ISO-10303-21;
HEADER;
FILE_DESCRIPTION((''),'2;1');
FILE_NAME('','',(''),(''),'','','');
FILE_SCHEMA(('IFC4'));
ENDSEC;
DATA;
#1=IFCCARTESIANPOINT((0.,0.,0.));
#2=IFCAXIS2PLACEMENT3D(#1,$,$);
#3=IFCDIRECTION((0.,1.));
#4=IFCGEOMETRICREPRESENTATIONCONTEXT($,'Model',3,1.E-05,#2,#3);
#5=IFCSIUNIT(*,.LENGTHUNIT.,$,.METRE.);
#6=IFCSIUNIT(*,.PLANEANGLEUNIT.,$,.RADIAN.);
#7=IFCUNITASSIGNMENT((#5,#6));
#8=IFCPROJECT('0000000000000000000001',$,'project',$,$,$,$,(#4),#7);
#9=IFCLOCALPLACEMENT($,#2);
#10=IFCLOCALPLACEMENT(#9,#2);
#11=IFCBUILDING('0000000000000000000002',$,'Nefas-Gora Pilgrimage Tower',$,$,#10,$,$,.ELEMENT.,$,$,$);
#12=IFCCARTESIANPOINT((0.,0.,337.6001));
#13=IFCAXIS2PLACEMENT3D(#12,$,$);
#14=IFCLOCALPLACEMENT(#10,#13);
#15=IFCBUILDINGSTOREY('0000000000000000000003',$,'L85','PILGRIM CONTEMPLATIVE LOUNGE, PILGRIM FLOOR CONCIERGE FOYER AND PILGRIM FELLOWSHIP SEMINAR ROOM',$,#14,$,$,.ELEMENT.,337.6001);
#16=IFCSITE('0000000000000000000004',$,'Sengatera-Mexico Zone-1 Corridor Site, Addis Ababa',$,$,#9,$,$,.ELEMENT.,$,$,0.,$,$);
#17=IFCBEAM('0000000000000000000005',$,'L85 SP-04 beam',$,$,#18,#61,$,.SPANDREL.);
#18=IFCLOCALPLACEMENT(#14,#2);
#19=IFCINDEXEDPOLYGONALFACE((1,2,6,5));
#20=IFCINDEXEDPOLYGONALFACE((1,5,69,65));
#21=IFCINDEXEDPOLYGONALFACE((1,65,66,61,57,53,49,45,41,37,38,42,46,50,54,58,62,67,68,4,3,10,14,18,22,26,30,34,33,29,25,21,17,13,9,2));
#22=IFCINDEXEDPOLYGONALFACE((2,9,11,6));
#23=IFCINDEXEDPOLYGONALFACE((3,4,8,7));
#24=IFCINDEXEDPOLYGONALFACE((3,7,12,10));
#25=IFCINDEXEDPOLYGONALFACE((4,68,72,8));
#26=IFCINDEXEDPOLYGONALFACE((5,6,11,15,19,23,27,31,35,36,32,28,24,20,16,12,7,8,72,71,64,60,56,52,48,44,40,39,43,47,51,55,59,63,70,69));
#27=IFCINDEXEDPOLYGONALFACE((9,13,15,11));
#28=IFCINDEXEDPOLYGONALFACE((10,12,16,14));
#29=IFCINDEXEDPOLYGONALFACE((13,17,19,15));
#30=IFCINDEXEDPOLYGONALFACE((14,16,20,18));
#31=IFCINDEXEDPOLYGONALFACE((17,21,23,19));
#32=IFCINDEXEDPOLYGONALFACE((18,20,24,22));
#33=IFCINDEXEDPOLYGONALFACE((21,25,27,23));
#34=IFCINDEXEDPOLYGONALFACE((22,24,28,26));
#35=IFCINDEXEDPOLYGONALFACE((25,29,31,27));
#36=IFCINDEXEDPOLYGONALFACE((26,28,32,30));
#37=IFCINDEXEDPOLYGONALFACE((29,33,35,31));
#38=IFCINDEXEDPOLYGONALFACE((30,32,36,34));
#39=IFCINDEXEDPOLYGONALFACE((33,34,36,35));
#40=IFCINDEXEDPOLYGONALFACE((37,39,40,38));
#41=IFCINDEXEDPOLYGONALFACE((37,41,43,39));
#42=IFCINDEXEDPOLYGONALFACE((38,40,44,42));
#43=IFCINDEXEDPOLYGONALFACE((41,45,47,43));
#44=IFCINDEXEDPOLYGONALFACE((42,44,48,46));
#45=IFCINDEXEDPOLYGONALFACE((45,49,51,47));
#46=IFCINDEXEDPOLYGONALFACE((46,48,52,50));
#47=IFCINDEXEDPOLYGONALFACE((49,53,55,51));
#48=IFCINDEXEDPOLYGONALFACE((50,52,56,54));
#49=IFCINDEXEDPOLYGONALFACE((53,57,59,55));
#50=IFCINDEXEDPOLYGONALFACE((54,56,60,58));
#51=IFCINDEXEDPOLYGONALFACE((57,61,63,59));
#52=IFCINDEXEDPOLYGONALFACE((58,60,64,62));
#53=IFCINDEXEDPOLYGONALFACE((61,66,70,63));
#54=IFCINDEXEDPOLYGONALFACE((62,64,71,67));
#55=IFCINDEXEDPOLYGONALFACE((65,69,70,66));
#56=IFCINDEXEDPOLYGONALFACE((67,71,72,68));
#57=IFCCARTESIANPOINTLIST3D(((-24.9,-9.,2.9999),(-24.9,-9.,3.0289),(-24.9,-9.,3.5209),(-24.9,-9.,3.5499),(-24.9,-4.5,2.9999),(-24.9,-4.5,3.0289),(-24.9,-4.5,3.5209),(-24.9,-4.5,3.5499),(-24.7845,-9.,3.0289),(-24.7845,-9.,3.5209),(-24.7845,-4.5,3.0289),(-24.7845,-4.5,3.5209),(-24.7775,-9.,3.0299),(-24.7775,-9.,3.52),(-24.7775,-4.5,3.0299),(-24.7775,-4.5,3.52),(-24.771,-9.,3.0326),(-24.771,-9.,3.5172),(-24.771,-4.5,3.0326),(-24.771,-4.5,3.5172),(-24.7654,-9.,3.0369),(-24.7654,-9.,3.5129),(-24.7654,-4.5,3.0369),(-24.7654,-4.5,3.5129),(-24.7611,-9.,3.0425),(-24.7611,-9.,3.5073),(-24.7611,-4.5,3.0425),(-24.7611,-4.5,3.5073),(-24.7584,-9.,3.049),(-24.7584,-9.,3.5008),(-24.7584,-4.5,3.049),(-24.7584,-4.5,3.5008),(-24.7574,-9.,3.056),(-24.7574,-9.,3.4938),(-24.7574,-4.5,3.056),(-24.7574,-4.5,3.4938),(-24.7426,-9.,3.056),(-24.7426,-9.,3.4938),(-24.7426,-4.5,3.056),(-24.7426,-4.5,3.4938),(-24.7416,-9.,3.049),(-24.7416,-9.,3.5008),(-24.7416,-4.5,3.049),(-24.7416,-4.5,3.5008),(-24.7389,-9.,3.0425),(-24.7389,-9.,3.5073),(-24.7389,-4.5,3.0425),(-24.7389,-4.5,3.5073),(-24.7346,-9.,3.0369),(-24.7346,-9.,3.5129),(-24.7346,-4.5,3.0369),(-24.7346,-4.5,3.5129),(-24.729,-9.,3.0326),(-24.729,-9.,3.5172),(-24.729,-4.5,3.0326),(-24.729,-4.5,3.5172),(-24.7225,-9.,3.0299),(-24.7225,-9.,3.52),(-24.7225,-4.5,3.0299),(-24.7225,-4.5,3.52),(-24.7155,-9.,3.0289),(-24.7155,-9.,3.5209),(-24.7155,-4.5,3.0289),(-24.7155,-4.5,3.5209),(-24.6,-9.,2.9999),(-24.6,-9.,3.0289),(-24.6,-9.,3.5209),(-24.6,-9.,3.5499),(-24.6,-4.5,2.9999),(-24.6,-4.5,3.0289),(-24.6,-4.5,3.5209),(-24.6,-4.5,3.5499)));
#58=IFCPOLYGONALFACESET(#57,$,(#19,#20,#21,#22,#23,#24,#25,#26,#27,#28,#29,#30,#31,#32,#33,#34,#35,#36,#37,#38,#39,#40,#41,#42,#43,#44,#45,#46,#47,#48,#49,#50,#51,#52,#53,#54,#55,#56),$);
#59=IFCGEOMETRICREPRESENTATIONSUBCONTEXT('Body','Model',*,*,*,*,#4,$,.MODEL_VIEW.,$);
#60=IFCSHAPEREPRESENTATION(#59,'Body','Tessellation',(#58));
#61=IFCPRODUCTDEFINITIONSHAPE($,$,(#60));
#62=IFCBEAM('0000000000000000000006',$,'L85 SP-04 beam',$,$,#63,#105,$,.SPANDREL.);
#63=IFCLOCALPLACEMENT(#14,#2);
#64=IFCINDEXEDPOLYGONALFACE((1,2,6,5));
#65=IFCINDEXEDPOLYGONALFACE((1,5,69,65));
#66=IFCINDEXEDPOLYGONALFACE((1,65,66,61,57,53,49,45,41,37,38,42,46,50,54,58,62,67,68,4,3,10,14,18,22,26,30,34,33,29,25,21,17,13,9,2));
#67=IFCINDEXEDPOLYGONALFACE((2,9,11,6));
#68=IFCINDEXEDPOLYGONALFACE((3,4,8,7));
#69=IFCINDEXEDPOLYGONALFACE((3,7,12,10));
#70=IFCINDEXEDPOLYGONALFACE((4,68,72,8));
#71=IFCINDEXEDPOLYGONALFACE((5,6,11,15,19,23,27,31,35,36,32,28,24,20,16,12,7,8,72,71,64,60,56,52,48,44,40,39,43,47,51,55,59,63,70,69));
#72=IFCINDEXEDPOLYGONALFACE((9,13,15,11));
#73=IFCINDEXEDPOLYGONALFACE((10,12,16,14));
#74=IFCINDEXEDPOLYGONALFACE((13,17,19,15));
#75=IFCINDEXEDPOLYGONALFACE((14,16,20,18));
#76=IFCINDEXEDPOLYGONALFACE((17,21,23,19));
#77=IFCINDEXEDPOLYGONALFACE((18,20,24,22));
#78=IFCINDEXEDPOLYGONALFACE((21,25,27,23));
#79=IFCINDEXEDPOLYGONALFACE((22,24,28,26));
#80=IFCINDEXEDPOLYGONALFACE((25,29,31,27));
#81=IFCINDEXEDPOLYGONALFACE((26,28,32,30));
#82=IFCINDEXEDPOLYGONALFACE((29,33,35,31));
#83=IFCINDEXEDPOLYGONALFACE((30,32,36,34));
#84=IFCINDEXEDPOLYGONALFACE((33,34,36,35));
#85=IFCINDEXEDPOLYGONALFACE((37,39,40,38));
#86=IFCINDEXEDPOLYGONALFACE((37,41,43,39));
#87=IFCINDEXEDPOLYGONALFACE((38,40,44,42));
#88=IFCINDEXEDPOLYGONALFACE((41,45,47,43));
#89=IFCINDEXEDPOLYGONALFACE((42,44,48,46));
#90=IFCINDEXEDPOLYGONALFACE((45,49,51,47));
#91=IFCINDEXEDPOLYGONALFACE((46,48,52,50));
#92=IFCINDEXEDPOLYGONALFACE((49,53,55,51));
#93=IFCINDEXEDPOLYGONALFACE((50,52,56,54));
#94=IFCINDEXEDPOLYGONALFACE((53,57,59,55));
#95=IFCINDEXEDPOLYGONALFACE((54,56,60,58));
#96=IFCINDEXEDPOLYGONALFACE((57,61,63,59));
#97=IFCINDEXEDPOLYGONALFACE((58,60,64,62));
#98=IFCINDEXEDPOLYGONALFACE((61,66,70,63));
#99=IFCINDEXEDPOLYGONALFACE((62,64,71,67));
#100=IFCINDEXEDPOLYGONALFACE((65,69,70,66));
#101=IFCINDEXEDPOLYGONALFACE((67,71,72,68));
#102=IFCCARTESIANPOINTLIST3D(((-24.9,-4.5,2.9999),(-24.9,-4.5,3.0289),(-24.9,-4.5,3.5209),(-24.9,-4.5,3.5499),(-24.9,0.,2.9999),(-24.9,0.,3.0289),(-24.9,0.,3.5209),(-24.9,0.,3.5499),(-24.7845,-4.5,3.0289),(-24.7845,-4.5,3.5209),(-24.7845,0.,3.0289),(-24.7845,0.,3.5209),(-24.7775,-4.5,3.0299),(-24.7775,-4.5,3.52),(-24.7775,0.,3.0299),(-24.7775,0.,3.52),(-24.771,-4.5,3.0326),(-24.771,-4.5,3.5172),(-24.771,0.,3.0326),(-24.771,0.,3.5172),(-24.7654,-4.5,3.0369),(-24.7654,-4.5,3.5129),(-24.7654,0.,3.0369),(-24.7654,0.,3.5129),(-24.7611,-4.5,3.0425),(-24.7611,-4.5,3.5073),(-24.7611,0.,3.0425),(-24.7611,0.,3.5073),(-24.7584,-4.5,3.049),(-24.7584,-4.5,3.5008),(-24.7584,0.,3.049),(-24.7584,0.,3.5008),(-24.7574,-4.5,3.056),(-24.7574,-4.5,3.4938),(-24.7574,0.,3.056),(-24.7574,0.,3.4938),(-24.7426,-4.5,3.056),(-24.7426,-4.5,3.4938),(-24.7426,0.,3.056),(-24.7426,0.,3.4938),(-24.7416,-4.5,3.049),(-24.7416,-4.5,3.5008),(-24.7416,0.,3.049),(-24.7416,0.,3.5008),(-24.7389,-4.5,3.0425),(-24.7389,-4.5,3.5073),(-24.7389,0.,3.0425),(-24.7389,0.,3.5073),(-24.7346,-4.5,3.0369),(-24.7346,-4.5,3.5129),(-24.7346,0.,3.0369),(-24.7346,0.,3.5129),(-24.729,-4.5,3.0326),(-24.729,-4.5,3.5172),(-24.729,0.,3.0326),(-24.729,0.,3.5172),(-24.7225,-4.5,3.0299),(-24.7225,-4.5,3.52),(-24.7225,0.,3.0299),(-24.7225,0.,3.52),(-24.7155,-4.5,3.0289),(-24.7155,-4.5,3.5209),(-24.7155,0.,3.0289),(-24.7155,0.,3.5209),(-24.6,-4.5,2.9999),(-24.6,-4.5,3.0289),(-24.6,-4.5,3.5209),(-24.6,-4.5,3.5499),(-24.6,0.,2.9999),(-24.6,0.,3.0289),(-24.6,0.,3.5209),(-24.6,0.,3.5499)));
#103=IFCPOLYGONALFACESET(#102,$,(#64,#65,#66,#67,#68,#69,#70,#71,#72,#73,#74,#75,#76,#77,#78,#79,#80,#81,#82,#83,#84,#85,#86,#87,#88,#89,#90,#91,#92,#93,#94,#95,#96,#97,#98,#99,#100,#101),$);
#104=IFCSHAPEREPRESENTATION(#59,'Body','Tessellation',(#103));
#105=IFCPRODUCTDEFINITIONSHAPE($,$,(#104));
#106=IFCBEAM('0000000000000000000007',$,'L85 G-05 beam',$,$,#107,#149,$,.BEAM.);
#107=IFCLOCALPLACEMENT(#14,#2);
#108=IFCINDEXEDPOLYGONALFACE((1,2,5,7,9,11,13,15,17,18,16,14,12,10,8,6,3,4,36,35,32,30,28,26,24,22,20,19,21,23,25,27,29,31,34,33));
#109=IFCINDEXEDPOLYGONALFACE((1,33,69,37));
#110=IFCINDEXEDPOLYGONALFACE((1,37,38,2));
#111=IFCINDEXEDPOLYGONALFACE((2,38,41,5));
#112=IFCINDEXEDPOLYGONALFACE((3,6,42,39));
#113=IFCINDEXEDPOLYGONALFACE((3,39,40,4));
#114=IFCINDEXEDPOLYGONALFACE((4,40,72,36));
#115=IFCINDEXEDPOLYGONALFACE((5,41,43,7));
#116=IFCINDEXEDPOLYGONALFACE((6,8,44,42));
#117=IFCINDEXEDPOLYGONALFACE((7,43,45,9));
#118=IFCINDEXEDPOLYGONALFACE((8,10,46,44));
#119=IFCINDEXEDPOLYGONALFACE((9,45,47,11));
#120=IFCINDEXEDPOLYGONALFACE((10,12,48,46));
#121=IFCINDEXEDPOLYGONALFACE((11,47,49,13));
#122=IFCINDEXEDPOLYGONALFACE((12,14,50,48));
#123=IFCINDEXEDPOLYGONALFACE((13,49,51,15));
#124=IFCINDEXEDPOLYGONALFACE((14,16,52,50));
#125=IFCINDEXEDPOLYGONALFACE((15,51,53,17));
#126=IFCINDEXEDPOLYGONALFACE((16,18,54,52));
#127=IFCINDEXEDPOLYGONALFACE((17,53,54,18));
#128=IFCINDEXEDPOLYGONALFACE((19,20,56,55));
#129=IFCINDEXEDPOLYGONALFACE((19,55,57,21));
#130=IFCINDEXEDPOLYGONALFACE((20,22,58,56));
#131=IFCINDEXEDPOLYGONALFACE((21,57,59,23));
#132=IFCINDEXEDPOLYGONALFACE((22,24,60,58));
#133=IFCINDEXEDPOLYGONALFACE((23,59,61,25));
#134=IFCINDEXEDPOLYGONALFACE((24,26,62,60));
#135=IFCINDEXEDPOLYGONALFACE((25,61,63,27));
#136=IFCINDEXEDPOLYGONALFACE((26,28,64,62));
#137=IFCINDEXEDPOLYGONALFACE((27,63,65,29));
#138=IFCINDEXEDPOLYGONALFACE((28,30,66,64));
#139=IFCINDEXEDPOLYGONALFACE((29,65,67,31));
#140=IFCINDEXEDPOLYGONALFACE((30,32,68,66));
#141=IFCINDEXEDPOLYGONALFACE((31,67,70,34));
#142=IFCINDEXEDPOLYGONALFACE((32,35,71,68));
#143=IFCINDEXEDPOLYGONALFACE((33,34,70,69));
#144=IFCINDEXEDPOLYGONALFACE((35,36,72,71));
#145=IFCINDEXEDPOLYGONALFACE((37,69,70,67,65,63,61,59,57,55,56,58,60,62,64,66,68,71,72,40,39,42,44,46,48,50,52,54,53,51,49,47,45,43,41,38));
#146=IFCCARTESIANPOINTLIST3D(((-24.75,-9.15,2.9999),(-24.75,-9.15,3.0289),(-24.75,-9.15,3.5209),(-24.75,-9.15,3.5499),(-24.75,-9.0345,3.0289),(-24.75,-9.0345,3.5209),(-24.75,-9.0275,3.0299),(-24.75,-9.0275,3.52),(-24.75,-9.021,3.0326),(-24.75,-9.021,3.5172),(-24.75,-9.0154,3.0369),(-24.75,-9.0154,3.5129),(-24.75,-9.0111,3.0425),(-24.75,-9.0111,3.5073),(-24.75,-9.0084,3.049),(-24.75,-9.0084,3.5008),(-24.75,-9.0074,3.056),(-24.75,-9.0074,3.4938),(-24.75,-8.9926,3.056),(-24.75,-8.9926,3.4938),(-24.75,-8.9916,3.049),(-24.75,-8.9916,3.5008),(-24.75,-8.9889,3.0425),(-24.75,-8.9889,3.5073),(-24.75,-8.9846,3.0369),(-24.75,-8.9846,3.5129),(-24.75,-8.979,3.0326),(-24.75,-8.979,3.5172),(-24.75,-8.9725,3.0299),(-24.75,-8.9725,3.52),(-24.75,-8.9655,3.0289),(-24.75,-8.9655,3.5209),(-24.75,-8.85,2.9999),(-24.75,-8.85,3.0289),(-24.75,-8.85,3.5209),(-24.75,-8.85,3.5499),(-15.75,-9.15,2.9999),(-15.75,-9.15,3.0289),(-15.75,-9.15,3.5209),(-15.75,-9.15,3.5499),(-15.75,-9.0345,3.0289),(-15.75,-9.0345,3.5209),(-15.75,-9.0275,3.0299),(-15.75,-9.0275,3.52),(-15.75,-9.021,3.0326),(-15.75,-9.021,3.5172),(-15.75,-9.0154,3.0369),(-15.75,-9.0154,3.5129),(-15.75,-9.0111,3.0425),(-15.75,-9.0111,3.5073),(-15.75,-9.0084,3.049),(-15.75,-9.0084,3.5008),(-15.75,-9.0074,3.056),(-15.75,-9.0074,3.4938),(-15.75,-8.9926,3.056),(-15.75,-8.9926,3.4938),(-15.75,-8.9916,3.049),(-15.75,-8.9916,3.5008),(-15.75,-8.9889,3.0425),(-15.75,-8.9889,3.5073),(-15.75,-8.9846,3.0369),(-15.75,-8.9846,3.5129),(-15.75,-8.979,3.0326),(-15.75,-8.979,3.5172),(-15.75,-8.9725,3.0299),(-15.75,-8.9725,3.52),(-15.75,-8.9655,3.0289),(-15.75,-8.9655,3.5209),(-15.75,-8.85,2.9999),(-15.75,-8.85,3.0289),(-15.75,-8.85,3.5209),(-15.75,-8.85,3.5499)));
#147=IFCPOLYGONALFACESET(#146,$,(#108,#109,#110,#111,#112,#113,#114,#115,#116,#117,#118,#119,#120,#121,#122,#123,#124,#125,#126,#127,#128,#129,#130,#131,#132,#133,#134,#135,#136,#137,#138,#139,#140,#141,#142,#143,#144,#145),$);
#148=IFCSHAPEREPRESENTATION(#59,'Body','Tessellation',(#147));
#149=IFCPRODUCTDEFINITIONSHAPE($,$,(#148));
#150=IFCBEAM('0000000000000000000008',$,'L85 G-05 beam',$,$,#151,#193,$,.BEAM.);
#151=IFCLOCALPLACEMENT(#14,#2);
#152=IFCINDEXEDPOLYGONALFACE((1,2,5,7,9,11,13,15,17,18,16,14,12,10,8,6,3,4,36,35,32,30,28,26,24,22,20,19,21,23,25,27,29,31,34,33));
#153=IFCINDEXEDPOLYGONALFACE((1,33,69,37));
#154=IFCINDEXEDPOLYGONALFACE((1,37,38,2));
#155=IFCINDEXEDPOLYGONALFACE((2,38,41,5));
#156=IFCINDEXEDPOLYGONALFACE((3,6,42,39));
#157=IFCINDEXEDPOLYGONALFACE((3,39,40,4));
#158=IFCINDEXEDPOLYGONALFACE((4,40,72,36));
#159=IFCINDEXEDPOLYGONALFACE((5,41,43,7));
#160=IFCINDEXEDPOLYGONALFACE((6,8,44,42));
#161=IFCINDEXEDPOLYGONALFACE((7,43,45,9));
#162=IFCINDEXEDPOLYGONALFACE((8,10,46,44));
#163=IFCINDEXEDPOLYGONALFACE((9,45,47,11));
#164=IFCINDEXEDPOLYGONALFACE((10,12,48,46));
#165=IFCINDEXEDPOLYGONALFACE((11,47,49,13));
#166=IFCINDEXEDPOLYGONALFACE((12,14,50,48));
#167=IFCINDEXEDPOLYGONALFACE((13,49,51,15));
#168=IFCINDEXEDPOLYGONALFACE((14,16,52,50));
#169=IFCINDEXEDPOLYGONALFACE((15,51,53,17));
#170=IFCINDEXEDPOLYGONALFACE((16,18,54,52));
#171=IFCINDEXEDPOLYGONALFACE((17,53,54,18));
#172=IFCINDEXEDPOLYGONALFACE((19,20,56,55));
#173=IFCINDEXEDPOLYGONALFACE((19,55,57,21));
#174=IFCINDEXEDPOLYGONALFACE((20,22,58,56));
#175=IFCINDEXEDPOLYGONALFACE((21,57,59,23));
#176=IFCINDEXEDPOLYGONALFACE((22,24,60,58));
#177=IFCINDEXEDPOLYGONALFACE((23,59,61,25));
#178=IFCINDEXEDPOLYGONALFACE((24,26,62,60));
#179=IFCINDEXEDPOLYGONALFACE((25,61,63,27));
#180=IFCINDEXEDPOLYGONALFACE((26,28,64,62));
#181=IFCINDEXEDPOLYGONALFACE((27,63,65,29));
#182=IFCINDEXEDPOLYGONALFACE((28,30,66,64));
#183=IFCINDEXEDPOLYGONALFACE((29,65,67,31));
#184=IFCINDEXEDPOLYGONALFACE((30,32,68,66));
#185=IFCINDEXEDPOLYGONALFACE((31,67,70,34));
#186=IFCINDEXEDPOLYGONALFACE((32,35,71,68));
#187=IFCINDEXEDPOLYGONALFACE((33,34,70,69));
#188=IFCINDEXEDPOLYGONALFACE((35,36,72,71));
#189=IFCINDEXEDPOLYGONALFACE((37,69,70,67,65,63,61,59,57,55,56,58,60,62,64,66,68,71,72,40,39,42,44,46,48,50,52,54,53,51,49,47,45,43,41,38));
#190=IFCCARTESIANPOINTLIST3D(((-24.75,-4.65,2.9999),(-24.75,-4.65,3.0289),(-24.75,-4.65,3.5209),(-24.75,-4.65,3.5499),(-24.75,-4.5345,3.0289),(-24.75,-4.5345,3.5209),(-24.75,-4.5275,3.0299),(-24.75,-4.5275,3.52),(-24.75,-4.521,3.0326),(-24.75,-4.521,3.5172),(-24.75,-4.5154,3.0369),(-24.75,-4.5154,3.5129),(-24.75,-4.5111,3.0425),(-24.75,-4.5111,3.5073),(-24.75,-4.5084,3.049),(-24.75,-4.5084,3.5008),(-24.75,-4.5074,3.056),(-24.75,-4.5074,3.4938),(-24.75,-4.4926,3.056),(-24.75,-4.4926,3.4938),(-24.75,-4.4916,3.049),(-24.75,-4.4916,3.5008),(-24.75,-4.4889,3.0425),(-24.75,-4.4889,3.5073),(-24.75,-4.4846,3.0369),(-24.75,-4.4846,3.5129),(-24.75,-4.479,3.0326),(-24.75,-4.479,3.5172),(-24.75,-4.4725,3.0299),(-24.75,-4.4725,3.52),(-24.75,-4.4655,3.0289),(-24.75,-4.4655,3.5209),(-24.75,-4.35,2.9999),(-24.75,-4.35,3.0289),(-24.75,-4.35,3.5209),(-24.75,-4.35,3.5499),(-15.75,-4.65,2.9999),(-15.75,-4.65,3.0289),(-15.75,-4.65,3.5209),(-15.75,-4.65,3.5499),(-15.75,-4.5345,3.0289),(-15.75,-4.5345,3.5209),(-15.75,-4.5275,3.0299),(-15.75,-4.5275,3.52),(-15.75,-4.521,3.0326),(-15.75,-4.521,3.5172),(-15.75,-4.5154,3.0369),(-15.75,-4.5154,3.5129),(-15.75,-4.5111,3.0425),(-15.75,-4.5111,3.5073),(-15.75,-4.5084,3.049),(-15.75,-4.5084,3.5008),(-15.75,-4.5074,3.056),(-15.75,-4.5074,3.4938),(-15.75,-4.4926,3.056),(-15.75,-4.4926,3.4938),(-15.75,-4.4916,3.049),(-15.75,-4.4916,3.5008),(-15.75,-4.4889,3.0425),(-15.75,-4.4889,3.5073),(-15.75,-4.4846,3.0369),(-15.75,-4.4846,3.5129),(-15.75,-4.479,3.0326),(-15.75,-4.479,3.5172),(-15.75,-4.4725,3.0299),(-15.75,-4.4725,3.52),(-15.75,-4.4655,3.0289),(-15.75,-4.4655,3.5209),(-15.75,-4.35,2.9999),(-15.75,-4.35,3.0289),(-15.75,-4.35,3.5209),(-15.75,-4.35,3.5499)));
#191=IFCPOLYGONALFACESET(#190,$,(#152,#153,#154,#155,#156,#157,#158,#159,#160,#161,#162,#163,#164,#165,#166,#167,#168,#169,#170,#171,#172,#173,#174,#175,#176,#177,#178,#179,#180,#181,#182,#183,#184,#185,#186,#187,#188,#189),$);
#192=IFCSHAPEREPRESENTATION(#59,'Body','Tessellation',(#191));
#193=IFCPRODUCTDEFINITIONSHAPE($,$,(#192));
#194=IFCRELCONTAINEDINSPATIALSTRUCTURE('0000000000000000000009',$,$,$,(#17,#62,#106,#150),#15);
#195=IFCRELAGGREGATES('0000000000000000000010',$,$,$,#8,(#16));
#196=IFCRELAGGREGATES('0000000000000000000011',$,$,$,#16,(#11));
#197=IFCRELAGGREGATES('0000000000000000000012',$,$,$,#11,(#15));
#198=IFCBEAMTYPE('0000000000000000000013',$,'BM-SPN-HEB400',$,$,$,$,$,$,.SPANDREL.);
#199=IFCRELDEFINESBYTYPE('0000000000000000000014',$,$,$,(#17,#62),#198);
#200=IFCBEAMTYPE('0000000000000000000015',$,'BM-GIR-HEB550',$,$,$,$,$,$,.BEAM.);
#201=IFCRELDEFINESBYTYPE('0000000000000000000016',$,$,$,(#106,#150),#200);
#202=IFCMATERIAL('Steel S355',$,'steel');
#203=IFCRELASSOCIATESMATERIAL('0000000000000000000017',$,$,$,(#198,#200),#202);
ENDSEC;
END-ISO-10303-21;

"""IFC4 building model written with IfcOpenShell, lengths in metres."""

from ifc_helpers import new_model, si_unit, direction, frame, origin, origin_2d, place, context, subcontext, project, spatial, i_section, extrude, source, transform, mapped, material, material_profile, profile_set, type_object, element, save


model = new_model("IFC4")

# Units and contexts
model_context = context("Model", 3, precision=1e-05, world=origin(), true_north=direction((0.0, 1.0)))
body_context = subcontext(model_context, "Body", "Model", "MODEL_VIEW")
ifc_project = project(units=[si_unit("LENGTHUNIT", "METRE"), si_unit("PLANEANGLEUNIT", "RADIAN")], contexts=[model_context])

# Site, building, storey
site_placement = place(None, origin())
site = spatial("IfcSite", under=ifc_project, at=site_placement, Name="Sengatera-Mexico Zone-1 Corridor Site, Addis Ababa", CompositionType="ELEMENT", RefElevation=0.0)
building_placement = place(site_placement, origin())
building = spatial("IfcBuilding", under=site, at=building_placement, Name="Nefas-Gora Pilgrimage Tower", CompositionType="ELEMENT")
storey_placement = place(building_placement, frame((0.0, 0.0, 337.6001)))
storey = spatial("IfcBuildingStorey", under=building, at=storey_placement, Name="L85", Description="PILGRIM CONTEMPLATIVE LOUNGE, PILGRIM FLOOR CONCIERGE FOYER AND PILGRIM FELLOWSHIP SEMINAR ROOM", CompositionType="ELEMENT", Elevation=337.6001)

# Shared definitions
ifc_material_1 = material(Name="Steel S355", Category="steel")

# Beams
ifc_material_profile_1 = material_profile(ifc_material_1, i_section(OverallWidth=0.3, OverallDepth=0.55, WebThickness=0.0149, FlangeThickness=0.0291, FilletRadius=0.0271, at=origin_2d()), Name="HEB 550")
ifc_profile_set_1 = profile_set([ifc_material_profile_1], Name="Steel S355")
beam_type_1 = type_object("IfcBeamType", Name="BM-SPN-HEB400", PredefinedType="SPANDREL", material=ifc_profile_set_1)
shared_shape_1 = source(origin(), body_context, "Body", "SweptSolid", [
    extrude(i_section(OverallWidth=0.3, OverallDepth=0.55, WebThickness=0.0149, FlangeThickness=0.0291, FilletRadius=0.0271, at=origin_2d()), origin(), (0.0, 0.0, 1.0), 4.5),
])
for number, where, z_axis, x_axis, name in (
    (1, (-24.75, -9.0, 3.2749), (0.0, 1.0, 0.0), (-1.0, 0.0, 0.0), "L85 SP-04 beam"),
    (2, (-24.75, -4.5, 3.2749), (0.0, 1.0, 0.0), (-1.0, 0.0, 0.0), "L85 SP-04 beam"),
):
    element("IfcBeam", number, at=place(storey_placement, frame(where, z_axis=z_axis, x_axis=x_axis)), inside=storey, type_object=beam_type_1, Name=name, PredefinedType="SPANDREL", context=body_context, shape_type="MappedRepresentation", body=[
        mapped(shared_shape_1, transform((0.0, 0.0, 0.0), x_axis=(1.0, 0.0, 0.0), y_axis=(0.0, 1.0, 0.0), z_axis=(0.0, 0.0, 1.0), scale=1.0)),
    ])
ifc_material_profile_2 = material_profile(ifc_material_1, i_section(OverallWidth=0.3, OverallDepth=0.55, WebThickness=0.0149, FlangeThickness=0.0291, FilletRadius=0.0271, at=origin_2d()), Name="HEB 550")
ifc_profile_set_2 = profile_set([ifc_material_profile_2], Name="Steel S355")
beam_type_2 = type_object("IfcBeamType", Name="BM-GIR-HEB550", PredefinedType="BEAM", material=ifc_profile_set_2)
shared_shape_2 = source(origin(), body_context, "Body", "SweptSolid", [
    extrude(i_section(OverallWidth=0.3, OverallDepth=0.55, WebThickness=0.0149, FlangeThickness=0.0291, FilletRadius=0.0271, at=origin_2d()), origin(), (0.0, 0.0, 1.0), 9.0),
])
for number, where, z_axis, x_axis, name in (
    (3, (-24.75, -9.0, 3.2749), (1.0, 0.0, 0.0), (0.0, 1.0, 0.0), "L85 G-05 beam"),
    (4, (-24.75, -4.5, 3.2749), (1.0, 0.0, 0.0), (0.0, 1.0, 0.0), "L85 G-05 beam"),
):
    element("IfcBeam", number, at=place(storey_placement, frame(where, z_axis=z_axis, x_axis=x_axis)), inside=storey, type_object=beam_type_2, Name=name, PredefinedType="BEAM", context=body_context, shape_type="MappedRepresentation", body=[
        mapped(shared_shape_2, transform((0.0, 0.0, 0.0), x_axis=(1.0, 0.0, 0.0), y_axis=(0.0, 1.0, 0.0), z_axis=(0.0, 0.0, 1.0), scale=1.0)),
    ])

save(model, "model.ifc")
